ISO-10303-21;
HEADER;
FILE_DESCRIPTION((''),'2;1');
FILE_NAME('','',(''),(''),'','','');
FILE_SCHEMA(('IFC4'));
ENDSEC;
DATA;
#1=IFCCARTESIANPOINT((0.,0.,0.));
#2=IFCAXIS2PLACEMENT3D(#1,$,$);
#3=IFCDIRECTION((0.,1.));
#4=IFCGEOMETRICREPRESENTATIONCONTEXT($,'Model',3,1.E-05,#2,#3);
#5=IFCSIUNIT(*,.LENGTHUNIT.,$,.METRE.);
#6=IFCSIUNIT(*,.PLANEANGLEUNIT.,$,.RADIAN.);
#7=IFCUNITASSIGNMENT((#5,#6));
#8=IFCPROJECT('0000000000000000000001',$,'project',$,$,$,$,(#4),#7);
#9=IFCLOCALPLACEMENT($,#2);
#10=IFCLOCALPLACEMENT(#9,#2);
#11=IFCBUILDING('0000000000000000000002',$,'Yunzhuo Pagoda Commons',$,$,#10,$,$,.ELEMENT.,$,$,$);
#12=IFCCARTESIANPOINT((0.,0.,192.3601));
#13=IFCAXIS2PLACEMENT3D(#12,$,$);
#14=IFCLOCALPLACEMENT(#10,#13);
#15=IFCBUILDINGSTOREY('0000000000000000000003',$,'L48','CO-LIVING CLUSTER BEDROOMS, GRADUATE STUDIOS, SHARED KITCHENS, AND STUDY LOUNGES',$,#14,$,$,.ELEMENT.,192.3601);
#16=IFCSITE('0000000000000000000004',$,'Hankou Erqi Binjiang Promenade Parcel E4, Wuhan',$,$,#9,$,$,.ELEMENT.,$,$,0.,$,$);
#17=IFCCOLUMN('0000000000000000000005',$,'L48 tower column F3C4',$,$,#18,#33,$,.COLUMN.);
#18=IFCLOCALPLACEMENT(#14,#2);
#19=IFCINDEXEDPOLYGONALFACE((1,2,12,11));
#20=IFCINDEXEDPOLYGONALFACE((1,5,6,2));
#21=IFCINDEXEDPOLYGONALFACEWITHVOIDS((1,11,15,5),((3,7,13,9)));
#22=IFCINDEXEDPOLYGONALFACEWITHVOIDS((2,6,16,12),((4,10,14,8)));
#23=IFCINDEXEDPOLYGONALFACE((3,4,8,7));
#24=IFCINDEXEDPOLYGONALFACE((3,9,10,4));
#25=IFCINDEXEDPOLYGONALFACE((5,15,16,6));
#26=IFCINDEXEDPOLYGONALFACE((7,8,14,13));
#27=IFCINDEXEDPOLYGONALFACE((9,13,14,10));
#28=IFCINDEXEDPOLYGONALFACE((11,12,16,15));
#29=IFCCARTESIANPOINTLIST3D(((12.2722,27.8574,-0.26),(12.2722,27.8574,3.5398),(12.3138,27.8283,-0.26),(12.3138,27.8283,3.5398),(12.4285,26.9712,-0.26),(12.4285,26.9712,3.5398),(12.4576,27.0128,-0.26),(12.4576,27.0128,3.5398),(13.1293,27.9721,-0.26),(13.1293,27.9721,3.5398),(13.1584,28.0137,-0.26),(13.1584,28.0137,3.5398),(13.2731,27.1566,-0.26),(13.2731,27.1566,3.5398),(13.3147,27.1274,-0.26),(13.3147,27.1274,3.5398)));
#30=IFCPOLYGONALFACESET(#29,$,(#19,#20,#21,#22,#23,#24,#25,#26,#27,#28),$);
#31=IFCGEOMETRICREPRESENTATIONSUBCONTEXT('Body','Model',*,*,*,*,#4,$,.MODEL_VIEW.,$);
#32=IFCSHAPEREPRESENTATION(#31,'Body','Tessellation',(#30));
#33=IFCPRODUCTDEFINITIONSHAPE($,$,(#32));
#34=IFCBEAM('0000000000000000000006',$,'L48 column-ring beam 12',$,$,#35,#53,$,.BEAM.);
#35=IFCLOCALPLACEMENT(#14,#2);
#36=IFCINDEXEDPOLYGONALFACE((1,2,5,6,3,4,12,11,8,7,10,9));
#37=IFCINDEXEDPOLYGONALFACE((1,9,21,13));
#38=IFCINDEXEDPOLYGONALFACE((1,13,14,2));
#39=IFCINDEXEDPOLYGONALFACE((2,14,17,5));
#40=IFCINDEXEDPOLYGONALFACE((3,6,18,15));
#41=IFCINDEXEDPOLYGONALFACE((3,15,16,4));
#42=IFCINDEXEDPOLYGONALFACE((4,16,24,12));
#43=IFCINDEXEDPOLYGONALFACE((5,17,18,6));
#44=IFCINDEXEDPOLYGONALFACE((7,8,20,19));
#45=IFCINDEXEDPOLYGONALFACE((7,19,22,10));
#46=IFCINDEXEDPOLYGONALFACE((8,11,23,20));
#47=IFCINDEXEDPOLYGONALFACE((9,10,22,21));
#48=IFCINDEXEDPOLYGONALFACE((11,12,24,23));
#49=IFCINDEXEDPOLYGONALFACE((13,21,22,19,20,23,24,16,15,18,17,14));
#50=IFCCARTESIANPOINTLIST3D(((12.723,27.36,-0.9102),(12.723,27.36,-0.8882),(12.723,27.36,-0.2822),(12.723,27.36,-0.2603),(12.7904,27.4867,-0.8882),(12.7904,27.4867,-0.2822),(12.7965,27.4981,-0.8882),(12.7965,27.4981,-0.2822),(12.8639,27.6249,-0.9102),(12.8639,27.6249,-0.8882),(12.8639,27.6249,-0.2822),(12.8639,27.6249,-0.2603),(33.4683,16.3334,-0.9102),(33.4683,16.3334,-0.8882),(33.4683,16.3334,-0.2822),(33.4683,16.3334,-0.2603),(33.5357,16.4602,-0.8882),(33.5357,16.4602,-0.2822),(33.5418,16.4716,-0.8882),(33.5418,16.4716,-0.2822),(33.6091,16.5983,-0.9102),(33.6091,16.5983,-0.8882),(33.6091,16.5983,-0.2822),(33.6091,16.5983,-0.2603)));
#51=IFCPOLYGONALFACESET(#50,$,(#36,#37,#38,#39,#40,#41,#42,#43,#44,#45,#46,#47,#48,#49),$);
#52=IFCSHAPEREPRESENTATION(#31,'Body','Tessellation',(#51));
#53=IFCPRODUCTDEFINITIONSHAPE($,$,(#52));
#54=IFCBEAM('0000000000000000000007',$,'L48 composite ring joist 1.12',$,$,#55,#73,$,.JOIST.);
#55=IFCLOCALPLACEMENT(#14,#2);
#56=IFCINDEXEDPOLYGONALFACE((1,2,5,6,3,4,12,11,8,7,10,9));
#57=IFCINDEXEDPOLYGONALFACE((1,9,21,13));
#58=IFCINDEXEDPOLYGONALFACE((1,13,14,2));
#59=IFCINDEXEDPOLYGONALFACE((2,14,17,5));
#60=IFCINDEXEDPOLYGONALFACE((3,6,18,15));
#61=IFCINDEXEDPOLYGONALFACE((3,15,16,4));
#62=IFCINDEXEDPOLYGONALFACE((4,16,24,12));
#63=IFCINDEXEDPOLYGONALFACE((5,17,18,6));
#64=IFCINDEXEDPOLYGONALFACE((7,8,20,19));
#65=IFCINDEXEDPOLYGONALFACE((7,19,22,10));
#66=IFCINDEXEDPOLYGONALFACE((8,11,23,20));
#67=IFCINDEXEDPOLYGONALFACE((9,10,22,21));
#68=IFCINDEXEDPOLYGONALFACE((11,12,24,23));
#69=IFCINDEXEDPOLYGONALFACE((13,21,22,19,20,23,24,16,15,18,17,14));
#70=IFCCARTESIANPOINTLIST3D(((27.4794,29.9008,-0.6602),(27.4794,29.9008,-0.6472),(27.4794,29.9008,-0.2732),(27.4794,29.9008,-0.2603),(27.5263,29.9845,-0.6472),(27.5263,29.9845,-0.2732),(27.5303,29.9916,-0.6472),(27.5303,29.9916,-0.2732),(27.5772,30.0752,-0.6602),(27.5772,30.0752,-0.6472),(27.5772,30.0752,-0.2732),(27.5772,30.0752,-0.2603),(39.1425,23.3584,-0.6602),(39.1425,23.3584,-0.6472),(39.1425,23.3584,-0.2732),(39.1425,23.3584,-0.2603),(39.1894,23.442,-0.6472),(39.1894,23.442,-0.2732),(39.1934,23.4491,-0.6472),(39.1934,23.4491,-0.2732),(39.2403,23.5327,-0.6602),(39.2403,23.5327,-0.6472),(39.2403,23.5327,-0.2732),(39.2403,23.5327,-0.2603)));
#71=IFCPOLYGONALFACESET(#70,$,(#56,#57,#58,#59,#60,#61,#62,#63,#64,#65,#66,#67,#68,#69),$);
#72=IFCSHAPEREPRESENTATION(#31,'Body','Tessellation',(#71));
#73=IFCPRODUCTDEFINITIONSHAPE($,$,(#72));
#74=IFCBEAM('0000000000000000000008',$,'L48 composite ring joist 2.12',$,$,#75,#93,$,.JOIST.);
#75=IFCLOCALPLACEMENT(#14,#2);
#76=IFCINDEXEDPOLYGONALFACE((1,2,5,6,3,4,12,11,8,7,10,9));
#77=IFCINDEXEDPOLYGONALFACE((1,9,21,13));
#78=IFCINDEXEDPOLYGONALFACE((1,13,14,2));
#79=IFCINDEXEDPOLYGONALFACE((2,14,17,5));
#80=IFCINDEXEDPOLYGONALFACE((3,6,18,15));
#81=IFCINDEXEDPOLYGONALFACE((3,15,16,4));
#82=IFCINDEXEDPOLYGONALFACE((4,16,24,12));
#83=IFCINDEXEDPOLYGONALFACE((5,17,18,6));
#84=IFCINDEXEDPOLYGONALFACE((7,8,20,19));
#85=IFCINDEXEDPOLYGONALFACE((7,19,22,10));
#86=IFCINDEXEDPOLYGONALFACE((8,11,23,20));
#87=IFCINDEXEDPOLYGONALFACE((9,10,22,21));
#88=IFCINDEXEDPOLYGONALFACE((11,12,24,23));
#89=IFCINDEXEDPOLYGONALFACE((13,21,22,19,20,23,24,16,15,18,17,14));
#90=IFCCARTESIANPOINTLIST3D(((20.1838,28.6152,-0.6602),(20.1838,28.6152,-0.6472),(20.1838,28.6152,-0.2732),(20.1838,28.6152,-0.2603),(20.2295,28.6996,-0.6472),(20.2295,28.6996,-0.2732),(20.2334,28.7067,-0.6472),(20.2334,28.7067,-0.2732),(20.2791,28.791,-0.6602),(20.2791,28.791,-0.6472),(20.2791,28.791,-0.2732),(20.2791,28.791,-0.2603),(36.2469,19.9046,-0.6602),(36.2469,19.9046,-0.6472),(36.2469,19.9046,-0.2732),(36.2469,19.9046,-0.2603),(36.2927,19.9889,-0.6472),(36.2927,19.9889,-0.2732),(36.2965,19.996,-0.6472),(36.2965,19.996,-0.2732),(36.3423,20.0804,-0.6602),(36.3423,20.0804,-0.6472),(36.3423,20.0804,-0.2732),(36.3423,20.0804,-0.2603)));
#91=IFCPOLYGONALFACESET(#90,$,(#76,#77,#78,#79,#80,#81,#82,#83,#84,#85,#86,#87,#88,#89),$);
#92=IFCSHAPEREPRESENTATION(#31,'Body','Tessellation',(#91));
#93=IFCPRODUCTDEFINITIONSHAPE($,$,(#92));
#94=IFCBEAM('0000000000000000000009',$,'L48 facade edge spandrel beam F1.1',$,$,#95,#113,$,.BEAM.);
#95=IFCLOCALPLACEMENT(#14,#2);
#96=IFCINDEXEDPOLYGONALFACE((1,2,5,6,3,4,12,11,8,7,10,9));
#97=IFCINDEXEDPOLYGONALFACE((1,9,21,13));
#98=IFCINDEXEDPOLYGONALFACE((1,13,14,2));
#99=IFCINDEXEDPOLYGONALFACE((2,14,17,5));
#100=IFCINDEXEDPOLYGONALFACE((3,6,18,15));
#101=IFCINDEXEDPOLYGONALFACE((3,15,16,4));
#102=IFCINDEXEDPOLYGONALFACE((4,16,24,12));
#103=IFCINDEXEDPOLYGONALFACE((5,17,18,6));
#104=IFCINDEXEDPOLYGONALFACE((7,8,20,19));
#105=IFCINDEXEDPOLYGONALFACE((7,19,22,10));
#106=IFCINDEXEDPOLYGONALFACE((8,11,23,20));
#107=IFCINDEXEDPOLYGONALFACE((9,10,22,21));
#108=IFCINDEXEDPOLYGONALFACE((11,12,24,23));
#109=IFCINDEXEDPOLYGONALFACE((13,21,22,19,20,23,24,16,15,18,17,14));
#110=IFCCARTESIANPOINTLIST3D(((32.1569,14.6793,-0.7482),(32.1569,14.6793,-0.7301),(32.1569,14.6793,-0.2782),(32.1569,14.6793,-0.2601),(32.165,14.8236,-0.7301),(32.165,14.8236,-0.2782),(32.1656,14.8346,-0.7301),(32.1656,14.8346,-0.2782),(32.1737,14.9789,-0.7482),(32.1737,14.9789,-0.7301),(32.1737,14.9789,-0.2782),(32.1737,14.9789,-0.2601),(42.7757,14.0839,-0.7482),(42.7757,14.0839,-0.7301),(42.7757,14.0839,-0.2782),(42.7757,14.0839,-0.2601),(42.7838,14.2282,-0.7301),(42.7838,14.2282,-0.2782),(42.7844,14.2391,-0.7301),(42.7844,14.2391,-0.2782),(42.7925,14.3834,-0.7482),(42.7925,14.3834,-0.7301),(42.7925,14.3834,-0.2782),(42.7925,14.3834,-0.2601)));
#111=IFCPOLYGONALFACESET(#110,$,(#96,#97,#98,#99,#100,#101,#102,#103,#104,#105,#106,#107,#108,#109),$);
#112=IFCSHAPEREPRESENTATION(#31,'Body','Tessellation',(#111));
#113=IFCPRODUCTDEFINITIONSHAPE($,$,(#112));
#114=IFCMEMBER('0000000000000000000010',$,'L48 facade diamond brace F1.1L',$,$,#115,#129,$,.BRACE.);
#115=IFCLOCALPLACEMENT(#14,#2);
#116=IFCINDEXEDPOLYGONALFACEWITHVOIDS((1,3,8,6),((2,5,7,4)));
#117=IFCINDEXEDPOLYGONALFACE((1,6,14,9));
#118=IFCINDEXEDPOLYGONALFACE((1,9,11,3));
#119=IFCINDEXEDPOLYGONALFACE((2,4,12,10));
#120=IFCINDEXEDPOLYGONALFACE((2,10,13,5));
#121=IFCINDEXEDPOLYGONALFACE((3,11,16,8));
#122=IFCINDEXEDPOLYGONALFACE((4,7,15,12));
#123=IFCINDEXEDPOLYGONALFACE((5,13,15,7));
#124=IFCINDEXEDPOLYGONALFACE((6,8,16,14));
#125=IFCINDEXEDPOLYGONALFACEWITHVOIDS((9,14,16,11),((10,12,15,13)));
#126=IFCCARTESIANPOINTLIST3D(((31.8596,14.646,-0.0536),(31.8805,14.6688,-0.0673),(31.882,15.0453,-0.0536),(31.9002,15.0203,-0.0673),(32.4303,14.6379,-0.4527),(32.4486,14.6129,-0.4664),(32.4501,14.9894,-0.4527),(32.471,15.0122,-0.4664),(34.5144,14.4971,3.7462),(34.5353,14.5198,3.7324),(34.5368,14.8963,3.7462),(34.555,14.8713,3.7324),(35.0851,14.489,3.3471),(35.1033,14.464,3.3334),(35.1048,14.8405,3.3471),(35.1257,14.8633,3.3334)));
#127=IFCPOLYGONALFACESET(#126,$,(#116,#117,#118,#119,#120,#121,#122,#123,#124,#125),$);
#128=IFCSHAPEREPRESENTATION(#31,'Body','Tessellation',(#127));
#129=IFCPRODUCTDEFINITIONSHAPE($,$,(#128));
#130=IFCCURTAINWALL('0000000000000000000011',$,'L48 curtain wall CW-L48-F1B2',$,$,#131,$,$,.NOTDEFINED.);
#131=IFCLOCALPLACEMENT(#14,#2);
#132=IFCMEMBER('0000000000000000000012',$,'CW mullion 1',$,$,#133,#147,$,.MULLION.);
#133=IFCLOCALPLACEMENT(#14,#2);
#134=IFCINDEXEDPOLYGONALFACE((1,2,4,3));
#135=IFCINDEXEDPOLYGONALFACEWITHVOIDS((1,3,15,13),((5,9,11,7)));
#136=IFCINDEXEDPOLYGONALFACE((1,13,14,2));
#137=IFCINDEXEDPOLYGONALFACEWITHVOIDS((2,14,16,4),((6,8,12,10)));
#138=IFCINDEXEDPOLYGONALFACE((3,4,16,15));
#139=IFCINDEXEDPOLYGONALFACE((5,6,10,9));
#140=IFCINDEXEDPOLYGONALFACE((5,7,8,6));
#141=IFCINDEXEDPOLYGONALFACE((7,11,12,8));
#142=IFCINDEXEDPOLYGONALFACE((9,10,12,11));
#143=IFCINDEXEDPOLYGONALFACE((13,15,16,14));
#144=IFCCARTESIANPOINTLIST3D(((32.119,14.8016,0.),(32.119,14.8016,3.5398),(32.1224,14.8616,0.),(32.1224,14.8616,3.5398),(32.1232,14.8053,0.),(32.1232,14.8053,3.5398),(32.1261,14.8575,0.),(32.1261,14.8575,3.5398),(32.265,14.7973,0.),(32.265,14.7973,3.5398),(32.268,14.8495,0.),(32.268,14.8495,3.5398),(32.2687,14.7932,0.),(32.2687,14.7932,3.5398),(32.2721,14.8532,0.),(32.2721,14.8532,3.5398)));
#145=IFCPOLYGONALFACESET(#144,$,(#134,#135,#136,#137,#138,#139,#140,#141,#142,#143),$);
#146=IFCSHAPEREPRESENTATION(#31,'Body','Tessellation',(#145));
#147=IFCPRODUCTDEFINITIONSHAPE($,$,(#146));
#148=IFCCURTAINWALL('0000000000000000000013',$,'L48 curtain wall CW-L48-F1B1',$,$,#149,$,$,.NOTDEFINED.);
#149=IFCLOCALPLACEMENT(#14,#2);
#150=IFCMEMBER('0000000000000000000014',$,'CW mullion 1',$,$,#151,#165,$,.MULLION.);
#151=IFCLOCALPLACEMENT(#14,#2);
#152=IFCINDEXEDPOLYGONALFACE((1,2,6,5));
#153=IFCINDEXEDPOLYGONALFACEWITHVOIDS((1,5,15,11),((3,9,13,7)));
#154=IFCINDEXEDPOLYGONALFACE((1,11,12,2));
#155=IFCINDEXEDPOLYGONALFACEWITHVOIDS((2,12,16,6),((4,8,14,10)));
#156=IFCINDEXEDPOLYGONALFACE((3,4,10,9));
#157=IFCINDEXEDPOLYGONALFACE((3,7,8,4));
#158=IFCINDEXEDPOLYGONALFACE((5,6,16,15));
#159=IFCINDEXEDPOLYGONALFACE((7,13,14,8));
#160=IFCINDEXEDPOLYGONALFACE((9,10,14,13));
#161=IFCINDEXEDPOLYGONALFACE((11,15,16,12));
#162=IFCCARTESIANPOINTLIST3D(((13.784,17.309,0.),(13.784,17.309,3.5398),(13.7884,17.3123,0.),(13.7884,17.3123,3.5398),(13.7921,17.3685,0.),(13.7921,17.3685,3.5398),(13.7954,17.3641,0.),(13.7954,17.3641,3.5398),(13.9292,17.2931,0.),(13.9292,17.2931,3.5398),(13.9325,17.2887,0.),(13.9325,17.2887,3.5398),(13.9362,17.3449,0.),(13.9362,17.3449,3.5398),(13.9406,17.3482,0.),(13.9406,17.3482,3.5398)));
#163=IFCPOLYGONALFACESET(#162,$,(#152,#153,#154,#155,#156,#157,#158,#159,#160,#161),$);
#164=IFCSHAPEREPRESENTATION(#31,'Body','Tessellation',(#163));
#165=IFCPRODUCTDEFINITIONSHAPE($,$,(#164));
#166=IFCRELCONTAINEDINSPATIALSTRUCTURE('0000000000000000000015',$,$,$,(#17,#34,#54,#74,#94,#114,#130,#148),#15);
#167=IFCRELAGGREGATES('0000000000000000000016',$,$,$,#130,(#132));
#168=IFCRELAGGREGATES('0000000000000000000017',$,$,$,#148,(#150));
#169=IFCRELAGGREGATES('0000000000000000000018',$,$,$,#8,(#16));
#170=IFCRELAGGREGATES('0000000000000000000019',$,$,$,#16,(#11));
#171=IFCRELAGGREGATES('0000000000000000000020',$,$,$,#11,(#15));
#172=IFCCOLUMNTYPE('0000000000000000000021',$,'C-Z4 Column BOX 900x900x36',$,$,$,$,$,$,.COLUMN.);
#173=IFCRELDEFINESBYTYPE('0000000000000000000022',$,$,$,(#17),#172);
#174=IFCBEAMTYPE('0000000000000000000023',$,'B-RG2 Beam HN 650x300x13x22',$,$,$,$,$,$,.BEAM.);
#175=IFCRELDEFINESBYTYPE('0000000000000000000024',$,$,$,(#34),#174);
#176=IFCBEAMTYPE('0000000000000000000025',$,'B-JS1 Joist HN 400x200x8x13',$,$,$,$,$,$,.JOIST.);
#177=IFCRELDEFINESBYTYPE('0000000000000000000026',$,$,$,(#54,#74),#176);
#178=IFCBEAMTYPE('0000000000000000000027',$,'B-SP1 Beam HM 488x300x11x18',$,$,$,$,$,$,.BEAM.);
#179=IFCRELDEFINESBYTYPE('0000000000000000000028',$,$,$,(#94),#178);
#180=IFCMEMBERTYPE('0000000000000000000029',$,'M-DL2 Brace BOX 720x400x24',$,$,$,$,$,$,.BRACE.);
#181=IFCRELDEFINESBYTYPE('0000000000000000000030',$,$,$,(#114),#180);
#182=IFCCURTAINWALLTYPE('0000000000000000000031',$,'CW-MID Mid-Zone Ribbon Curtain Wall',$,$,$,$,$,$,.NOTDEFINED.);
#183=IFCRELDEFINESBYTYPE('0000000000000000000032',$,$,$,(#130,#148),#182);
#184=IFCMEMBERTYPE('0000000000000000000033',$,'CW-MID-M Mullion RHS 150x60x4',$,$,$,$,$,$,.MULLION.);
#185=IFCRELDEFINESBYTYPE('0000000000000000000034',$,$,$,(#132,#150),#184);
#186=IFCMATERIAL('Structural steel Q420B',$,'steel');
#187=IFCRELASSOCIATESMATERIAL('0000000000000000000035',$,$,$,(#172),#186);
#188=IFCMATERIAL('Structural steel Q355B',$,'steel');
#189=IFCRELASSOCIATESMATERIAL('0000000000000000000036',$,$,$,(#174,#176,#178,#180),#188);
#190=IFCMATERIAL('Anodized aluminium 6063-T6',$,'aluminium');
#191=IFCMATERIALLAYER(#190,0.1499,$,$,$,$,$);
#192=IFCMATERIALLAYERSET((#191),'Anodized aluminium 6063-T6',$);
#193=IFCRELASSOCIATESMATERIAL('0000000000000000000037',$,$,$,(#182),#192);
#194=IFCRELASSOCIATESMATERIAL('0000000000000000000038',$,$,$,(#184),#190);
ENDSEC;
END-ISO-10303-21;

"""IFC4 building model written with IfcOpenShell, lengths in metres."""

from ifc_helpers import new_model, si_unit, direction, frame, origin, origin_2d, place, context, subcontext, project, spatial, hollow_rectangle, i_section, extrude, source, transform, mapped, material, layer, layer_set, material_profile, profile_set, type_object, element, aggregate, save


model = new_model("IFC4")

# Units and contexts
model_context = context("Model", 3, precision=1e-05, world=origin(), true_north=direction((0.0, 1.0)))
body_context = subcontext(model_context, "Body", "Model", "MODEL_VIEW")
ifc_project = project(units=[si_unit("LENGTHUNIT", "METRE"), si_unit("PLANEANGLEUNIT", "RADIAN")], contexts=[model_context])

# Site, building, storey
site_placement = place(None, origin())
site = spatial("IfcSite", under=ifc_project, at=site_placement, Name="Hankou Erqi Binjiang Promenade Parcel E4, Wuhan", CompositionType="ELEMENT", RefElevation=0.0)
building_placement = place(site_placement, origin())
building = spatial("IfcBuilding", under=site, at=building_placement, Name="Yunzhuo Pagoda Commons", CompositionType="ELEMENT")
storey_placement = place(building_placement, frame((0.0, 0.0, 192.3601)))
storey = spatial("IfcBuildingStorey", under=building, at=storey_placement, Name="L48", Description="CO-LIVING CLUSTER BEDROOMS, GRADUATE STUDIOS, SHARED KITCHENS, AND STUDY LOUNGES", CompositionType="ELEMENT", Elevation=192.3601)

# Column
ifc_material_1 = material(Name="Structural steel Q420B", Category="steel")
ifc_material_profile_1 = material_profile(ifc_material_1, hollow_rectangle(XDim=0.8999, YDim=0.8999, WallThickness=0.0359, at=origin_2d()), Name="Structural steel Q420B")
ifc_profile_set_1 = profile_set([ifc_material_profile_1], Name="Structural steel Q420B")
column_type = type_object("IfcColumnType", Name="C-Z4 Column BOX 900x900x36", PredefinedType="COLUMN", material=ifc_profile_set_1)
shared_shape_1 = source(origin(), body_context, "Body", "SweptSolid", [
    extrude(hollow_rectangle(XDim=0.8999, YDim=0.8999, WallThickness=0.0359, at=origin_2d()), origin(), (0.0, 0.0, 1.0), 3.7998),
])
column_placement = place(storey_placement, frame((12.7935, 27.4924, -0.26), z_axis=(0.0, 0.0, 1.0), x_axis=(0.173648, -0.984808, 0.0)))
element("IfcColumn", 1, at=column_placement, inside=storey, type_object=column_type, Name="L48 tower column F3C4", PredefinedType="COLUMN", context=body_context, shape_type="MappedRepresentation", body=[
    mapped(shared_shape_1, transform((0.0, 0.0, 0.0), scale=1.0)),
])

# Beams
ifc_material_2 = material(Name="Structural steel Q355B", Category="steel")
ifc_material_profile_2 = material_profile(ifc_material_2, i_section(OverallWidth=0.3, OverallDepth=0.6499, WebThickness=0.0129, FlangeThickness=0.022, at=origin_2d()), Name="Structural steel Q355B")
ifc_profile_set_2 = profile_set([ifc_material_profile_2], Name="Structural steel Q355B")
beam_type_1 = type_object("IfcBeamType", Name="B-RG2 Beam HN 650x300x13x22", PredefinedType="BEAM", material=ifc_profile_set_2)
shared_shape_2 = source(origin(), body_context, "Body", "SweptSolid", [
    extrude(i_section(OverallWidth=0.3, OverallDepth=0.6499, WebThickness=0.0129, FlangeThickness=0.022, at=origin_2d()), origin(), (0.0, 0.0, 1.0), 23.4937),
])
beam_1_placement = place(storey_placement, frame((12.7935, 27.4924, -0.5852), z_axis=(0.883016, -0.469342, 0.0), x_axis=(0.469342, 0.883016, 0.0)))
element("IfcBeam", 2, at=beam_1_placement, inside=storey, type_object=beam_type_1, Name="L48 column-ring beam 12", PredefinedType="BEAM", context=body_context, shape_type="MappedRepresentation", body=[
    mapped(shared_shape_2, transform((0.0, 0.0, 0.0), scale=1.0)),
])
ifc_material_profile_3 = material_profile(ifc_material_2, i_section(OverallWidth=0.2, OverallDepth=0.3999, WebThickness=0.0081, FlangeThickness=0.0129, at=origin_2d()), Name="Structural steel Q355B")
ifc_profile_set_3 = profile_set([ifc_material_profile_3], Name="Structural steel Q355B")
beam_type_2 = type_object("IfcBeamType", Name="B-JS1 Joist HN 400x200x8x13", PredefinedType="JOIST", material=ifc_profile_set_3)
shared_shape_3 = source(origin(), body_context, "Body", "SweptSolid", [
    extrude(i_section(OverallWidth=0.2, OverallDepth=0.3999, WebThickness=0.0081, FlangeThickness=0.0129, at=origin_2d()), origin(), (0.0, 0.0, 1.0), 13.3728),
])
beam_2_placement = place(storey_placement, frame((27.5283, 29.988, -0.4602), z_axis=(0.87215, -0.489238, 0.0), x_axis=(0.489238, 0.87215, 0.0)))
element("IfcBeam", 3, at=beam_2_placement, inside=storey, type_object=beam_type_2, Name="L48 composite ring joist 1.12", PredefinedType="JOIST", context=body_context, shape_type="MappedRepresentation", body=[
    mapped(shared_shape_3, transform((0.0, 0.0, 0.0), scale=1.0)),
])
shared_shape_4 = source(origin(), body_context, "Body", "SweptSolid", [
    extrude(i_section(OverallWidth=0.2, OverallDepth=0.3999, WebThickness=0.0081, FlangeThickness=0.0129, at=origin_2d()), origin(), (0.0, 0.0, 1.0), 18.2729),
])
beam_3_placement = place(storey_placement, frame((20.2314, 28.7031, -0.4602), z_axis=(0.879068, -0.476697, 0.0), x_axis=(0.476697, 0.879068, 0.0)))
element("IfcBeam", 4, at=beam_3_placement, inside=storey, type_object=beam_type_2, Name="L48 composite ring joist 2.12", PredefinedType="JOIST", context=body_context, shape_type="MappedRepresentation", body=[
    mapped(shared_shape_4, transform((0.0, 0.0, 0.0), scale=1.0)),
])
ifc_material_profile_4 = material_profile(ifc_material_2, i_section(OverallWidth=0.3, OverallDepth=0.488, WebThickness=0.011, FlangeThickness=0.0181, at=origin_2d()), Name="Structural steel Q355B")
ifc_profile_set_4 = profile_set([ifc_material_profile_4], Name="Structural steel Q355B")
beam_type_3 = type_object("IfcBeamType", Name="B-SP1 Beam HM 488x300x11x18", PredefinedType="BEAM", material=ifc_profile_set_4)
shared_shape_5 = source(origin(), body_context, "Body", "SweptSolid", [
    extrude(i_section(OverallWidth=0.3, OverallDepth=0.488, WebThickness=0.011, FlangeThickness=0.0181, at=origin_2d()), origin(), (0.0, 0.0, 1.0), 10.6355),
])
beam_4_placement = place(storey_placement, frame((32.1653, 14.8291, -0.5042), z_axis=(0.998431, -0.055987, 0.0), x_axis=(0.055987, 0.998431, 0.0)))
element("IfcBeam", 5, at=beam_4_placement, inside=storey, type_object=beam_type_3, Name="L48 facade edge spandrel beam F1.1", PredefinedType="BEAM", context=body_context, shape_type="MappedRepresentation", body=[
    mapped(shared_shape_5, transform((0.0, 0.0, 0.0), scale=1.0)),
])

# Member
ifc_material_profile_5 = material_profile(ifc_material_2, hollow_rectangle(XDim=0.3999, YDim=0.72, WallThickness=0.0239, at=origin_2d()), Name="Structural steel Q355B")
ifc_profile_set_5 = profile_set([ifc_material_profile_5], Name="Structural steel Q355B")
member_type_1 = type_object("IfcMemberType", Name="M-DL2 Brace BOX 720x400x24", PredefinedType="BRACE", material=ifc_profile_set_5)
shared_shape_6 = source(origin(), body_context, "Body", "SweptSolid", [
    extrude(hollow_rectangle(XDim=0.3999, YDim=0.72, WallThickness=0.0239, at=origin_2d()), origin(), (0.0, 0.0, 1.0), 4.6377),
])
member_1_placement = place(storey_placement, frame((32.1653, 14.8291, -0.26), z_axis=(0.572431, -0.032112, 0.819324), x_axis=(0.056009, 0.99843, 0.0)))
element("IfcMember", 6, at=member_1_placement, inside=storey, type_object=member_type_1, Name="L48 facade diamond brace F1.1L", PredefinedType="BRACE", context=body_context, shape_type="MappedRepresentation", body=[
    mapped(shared_shape_6, transform((0.0, 0.0, 0.0), scale=1.0)),
])

# Curtain wall, member
ifc_material_3 = material(Name="Anodized aluminium 6063-T6", Category="aluminium")
ifc_layer_1 = layer(ifc_material_3, 0.1499)
ifc_layer_set_1 = layer_set([ifc_layer_1], Name="Anodized aluminium 6063-T6")
curtain_wall_type = type_object("IfcCurtainWallType", Name="CW-MID Mid-Zone Ribbon Curtain Wall", PredefinedType="NOTDEFINED", material=ifc_layer_set_1)
curtain_wall_1_placement = place(storey_placement, origin())
curtain_wall_1 = element("IfcCurtainWall", 7, at=curtain_wall_1_placement, inside=storey, type_object=curtain_wall_type, Name="L48 curtain wall CW-L48-F1B2", PredefinedType="NOTDEFINED")
ifc_material_profile_6 = material_profile(ifc_material_3, hollow_rectangle(XDim=0.0601, YDim=0.1499, WallThickness=0.0039, at=origin_2d()), Name="Anodized aluminium 6063-T6")
ifc_profile_set_6 = profile_set([ifc_material_profile_6], Name="Anodized aluminium 6063-T6")
member_type_2 = type_object("IfcMemberType", Name="CW-MID-M Mullion RHS 150x60x4", PredefinedType="MULLION", material=ifc_profile_set_6)
shared_shape_7 = source(origin(), body_context, "Body", "SweptSolid", [
    extrude(hollow_rectangle(XDim=0.0601, YDim=0.1499, WallThickness=0.0039, at=origin_2d()), origin(), (0.0, 0.0, 1.0), 3.5398),
])
member_2_placement = place(storey_placement, frame((32.1956, 14.8274, 0.0), z_axis=(0.0, 0.0, 1.0), x_axis=(0.055983, 0.998432, 0.0)))
member_2 = element("IfcMember", 8, at=member_2_placement, type_object=member_type_2, Name="CW mullion 1", PredefinedType="MULLION", context=body_context, shape_type="MappedRepresentation", body=[
    mapped(shared_shape_7, transform((0.0, 0.0, 0.0), scale=1.0)),
])

# Curtain wall, member
curtain_wall_2_placement = place(storey_placement, origin())
curtain_wall_2 = element("IfcCurtainWall", 9, at=curtain_wall_2_placement, inside=storey, type_object=curtain_wall_type, Name="L48 curtain wall CW-L48-F1B1", PredefinedType="NOTDEFINED")
member_3_placement = place(storey_placement, frame((13.8623, 17.3286, 0.0), z_axis=(0.0, 0.0, 1.0), x_axis=(0.135312, 0.990803, 0.0)))
member_3 = element("IfcMember", 10, at=member_3_placement, type_object=member_type_2, Name="CW mullion 1", PredefinedType="MULLION", context=body_context, shape_type="MappedRepresentation", body=[
    mapped(shared_shape_7, transform((0.0, 0.0, 0.0), scale=1.0)),
])

aggregate(curtain_wall_1, [member_2])

aggregate(curtain_wall_2, [member_3])

save(model, "model.ifc")
